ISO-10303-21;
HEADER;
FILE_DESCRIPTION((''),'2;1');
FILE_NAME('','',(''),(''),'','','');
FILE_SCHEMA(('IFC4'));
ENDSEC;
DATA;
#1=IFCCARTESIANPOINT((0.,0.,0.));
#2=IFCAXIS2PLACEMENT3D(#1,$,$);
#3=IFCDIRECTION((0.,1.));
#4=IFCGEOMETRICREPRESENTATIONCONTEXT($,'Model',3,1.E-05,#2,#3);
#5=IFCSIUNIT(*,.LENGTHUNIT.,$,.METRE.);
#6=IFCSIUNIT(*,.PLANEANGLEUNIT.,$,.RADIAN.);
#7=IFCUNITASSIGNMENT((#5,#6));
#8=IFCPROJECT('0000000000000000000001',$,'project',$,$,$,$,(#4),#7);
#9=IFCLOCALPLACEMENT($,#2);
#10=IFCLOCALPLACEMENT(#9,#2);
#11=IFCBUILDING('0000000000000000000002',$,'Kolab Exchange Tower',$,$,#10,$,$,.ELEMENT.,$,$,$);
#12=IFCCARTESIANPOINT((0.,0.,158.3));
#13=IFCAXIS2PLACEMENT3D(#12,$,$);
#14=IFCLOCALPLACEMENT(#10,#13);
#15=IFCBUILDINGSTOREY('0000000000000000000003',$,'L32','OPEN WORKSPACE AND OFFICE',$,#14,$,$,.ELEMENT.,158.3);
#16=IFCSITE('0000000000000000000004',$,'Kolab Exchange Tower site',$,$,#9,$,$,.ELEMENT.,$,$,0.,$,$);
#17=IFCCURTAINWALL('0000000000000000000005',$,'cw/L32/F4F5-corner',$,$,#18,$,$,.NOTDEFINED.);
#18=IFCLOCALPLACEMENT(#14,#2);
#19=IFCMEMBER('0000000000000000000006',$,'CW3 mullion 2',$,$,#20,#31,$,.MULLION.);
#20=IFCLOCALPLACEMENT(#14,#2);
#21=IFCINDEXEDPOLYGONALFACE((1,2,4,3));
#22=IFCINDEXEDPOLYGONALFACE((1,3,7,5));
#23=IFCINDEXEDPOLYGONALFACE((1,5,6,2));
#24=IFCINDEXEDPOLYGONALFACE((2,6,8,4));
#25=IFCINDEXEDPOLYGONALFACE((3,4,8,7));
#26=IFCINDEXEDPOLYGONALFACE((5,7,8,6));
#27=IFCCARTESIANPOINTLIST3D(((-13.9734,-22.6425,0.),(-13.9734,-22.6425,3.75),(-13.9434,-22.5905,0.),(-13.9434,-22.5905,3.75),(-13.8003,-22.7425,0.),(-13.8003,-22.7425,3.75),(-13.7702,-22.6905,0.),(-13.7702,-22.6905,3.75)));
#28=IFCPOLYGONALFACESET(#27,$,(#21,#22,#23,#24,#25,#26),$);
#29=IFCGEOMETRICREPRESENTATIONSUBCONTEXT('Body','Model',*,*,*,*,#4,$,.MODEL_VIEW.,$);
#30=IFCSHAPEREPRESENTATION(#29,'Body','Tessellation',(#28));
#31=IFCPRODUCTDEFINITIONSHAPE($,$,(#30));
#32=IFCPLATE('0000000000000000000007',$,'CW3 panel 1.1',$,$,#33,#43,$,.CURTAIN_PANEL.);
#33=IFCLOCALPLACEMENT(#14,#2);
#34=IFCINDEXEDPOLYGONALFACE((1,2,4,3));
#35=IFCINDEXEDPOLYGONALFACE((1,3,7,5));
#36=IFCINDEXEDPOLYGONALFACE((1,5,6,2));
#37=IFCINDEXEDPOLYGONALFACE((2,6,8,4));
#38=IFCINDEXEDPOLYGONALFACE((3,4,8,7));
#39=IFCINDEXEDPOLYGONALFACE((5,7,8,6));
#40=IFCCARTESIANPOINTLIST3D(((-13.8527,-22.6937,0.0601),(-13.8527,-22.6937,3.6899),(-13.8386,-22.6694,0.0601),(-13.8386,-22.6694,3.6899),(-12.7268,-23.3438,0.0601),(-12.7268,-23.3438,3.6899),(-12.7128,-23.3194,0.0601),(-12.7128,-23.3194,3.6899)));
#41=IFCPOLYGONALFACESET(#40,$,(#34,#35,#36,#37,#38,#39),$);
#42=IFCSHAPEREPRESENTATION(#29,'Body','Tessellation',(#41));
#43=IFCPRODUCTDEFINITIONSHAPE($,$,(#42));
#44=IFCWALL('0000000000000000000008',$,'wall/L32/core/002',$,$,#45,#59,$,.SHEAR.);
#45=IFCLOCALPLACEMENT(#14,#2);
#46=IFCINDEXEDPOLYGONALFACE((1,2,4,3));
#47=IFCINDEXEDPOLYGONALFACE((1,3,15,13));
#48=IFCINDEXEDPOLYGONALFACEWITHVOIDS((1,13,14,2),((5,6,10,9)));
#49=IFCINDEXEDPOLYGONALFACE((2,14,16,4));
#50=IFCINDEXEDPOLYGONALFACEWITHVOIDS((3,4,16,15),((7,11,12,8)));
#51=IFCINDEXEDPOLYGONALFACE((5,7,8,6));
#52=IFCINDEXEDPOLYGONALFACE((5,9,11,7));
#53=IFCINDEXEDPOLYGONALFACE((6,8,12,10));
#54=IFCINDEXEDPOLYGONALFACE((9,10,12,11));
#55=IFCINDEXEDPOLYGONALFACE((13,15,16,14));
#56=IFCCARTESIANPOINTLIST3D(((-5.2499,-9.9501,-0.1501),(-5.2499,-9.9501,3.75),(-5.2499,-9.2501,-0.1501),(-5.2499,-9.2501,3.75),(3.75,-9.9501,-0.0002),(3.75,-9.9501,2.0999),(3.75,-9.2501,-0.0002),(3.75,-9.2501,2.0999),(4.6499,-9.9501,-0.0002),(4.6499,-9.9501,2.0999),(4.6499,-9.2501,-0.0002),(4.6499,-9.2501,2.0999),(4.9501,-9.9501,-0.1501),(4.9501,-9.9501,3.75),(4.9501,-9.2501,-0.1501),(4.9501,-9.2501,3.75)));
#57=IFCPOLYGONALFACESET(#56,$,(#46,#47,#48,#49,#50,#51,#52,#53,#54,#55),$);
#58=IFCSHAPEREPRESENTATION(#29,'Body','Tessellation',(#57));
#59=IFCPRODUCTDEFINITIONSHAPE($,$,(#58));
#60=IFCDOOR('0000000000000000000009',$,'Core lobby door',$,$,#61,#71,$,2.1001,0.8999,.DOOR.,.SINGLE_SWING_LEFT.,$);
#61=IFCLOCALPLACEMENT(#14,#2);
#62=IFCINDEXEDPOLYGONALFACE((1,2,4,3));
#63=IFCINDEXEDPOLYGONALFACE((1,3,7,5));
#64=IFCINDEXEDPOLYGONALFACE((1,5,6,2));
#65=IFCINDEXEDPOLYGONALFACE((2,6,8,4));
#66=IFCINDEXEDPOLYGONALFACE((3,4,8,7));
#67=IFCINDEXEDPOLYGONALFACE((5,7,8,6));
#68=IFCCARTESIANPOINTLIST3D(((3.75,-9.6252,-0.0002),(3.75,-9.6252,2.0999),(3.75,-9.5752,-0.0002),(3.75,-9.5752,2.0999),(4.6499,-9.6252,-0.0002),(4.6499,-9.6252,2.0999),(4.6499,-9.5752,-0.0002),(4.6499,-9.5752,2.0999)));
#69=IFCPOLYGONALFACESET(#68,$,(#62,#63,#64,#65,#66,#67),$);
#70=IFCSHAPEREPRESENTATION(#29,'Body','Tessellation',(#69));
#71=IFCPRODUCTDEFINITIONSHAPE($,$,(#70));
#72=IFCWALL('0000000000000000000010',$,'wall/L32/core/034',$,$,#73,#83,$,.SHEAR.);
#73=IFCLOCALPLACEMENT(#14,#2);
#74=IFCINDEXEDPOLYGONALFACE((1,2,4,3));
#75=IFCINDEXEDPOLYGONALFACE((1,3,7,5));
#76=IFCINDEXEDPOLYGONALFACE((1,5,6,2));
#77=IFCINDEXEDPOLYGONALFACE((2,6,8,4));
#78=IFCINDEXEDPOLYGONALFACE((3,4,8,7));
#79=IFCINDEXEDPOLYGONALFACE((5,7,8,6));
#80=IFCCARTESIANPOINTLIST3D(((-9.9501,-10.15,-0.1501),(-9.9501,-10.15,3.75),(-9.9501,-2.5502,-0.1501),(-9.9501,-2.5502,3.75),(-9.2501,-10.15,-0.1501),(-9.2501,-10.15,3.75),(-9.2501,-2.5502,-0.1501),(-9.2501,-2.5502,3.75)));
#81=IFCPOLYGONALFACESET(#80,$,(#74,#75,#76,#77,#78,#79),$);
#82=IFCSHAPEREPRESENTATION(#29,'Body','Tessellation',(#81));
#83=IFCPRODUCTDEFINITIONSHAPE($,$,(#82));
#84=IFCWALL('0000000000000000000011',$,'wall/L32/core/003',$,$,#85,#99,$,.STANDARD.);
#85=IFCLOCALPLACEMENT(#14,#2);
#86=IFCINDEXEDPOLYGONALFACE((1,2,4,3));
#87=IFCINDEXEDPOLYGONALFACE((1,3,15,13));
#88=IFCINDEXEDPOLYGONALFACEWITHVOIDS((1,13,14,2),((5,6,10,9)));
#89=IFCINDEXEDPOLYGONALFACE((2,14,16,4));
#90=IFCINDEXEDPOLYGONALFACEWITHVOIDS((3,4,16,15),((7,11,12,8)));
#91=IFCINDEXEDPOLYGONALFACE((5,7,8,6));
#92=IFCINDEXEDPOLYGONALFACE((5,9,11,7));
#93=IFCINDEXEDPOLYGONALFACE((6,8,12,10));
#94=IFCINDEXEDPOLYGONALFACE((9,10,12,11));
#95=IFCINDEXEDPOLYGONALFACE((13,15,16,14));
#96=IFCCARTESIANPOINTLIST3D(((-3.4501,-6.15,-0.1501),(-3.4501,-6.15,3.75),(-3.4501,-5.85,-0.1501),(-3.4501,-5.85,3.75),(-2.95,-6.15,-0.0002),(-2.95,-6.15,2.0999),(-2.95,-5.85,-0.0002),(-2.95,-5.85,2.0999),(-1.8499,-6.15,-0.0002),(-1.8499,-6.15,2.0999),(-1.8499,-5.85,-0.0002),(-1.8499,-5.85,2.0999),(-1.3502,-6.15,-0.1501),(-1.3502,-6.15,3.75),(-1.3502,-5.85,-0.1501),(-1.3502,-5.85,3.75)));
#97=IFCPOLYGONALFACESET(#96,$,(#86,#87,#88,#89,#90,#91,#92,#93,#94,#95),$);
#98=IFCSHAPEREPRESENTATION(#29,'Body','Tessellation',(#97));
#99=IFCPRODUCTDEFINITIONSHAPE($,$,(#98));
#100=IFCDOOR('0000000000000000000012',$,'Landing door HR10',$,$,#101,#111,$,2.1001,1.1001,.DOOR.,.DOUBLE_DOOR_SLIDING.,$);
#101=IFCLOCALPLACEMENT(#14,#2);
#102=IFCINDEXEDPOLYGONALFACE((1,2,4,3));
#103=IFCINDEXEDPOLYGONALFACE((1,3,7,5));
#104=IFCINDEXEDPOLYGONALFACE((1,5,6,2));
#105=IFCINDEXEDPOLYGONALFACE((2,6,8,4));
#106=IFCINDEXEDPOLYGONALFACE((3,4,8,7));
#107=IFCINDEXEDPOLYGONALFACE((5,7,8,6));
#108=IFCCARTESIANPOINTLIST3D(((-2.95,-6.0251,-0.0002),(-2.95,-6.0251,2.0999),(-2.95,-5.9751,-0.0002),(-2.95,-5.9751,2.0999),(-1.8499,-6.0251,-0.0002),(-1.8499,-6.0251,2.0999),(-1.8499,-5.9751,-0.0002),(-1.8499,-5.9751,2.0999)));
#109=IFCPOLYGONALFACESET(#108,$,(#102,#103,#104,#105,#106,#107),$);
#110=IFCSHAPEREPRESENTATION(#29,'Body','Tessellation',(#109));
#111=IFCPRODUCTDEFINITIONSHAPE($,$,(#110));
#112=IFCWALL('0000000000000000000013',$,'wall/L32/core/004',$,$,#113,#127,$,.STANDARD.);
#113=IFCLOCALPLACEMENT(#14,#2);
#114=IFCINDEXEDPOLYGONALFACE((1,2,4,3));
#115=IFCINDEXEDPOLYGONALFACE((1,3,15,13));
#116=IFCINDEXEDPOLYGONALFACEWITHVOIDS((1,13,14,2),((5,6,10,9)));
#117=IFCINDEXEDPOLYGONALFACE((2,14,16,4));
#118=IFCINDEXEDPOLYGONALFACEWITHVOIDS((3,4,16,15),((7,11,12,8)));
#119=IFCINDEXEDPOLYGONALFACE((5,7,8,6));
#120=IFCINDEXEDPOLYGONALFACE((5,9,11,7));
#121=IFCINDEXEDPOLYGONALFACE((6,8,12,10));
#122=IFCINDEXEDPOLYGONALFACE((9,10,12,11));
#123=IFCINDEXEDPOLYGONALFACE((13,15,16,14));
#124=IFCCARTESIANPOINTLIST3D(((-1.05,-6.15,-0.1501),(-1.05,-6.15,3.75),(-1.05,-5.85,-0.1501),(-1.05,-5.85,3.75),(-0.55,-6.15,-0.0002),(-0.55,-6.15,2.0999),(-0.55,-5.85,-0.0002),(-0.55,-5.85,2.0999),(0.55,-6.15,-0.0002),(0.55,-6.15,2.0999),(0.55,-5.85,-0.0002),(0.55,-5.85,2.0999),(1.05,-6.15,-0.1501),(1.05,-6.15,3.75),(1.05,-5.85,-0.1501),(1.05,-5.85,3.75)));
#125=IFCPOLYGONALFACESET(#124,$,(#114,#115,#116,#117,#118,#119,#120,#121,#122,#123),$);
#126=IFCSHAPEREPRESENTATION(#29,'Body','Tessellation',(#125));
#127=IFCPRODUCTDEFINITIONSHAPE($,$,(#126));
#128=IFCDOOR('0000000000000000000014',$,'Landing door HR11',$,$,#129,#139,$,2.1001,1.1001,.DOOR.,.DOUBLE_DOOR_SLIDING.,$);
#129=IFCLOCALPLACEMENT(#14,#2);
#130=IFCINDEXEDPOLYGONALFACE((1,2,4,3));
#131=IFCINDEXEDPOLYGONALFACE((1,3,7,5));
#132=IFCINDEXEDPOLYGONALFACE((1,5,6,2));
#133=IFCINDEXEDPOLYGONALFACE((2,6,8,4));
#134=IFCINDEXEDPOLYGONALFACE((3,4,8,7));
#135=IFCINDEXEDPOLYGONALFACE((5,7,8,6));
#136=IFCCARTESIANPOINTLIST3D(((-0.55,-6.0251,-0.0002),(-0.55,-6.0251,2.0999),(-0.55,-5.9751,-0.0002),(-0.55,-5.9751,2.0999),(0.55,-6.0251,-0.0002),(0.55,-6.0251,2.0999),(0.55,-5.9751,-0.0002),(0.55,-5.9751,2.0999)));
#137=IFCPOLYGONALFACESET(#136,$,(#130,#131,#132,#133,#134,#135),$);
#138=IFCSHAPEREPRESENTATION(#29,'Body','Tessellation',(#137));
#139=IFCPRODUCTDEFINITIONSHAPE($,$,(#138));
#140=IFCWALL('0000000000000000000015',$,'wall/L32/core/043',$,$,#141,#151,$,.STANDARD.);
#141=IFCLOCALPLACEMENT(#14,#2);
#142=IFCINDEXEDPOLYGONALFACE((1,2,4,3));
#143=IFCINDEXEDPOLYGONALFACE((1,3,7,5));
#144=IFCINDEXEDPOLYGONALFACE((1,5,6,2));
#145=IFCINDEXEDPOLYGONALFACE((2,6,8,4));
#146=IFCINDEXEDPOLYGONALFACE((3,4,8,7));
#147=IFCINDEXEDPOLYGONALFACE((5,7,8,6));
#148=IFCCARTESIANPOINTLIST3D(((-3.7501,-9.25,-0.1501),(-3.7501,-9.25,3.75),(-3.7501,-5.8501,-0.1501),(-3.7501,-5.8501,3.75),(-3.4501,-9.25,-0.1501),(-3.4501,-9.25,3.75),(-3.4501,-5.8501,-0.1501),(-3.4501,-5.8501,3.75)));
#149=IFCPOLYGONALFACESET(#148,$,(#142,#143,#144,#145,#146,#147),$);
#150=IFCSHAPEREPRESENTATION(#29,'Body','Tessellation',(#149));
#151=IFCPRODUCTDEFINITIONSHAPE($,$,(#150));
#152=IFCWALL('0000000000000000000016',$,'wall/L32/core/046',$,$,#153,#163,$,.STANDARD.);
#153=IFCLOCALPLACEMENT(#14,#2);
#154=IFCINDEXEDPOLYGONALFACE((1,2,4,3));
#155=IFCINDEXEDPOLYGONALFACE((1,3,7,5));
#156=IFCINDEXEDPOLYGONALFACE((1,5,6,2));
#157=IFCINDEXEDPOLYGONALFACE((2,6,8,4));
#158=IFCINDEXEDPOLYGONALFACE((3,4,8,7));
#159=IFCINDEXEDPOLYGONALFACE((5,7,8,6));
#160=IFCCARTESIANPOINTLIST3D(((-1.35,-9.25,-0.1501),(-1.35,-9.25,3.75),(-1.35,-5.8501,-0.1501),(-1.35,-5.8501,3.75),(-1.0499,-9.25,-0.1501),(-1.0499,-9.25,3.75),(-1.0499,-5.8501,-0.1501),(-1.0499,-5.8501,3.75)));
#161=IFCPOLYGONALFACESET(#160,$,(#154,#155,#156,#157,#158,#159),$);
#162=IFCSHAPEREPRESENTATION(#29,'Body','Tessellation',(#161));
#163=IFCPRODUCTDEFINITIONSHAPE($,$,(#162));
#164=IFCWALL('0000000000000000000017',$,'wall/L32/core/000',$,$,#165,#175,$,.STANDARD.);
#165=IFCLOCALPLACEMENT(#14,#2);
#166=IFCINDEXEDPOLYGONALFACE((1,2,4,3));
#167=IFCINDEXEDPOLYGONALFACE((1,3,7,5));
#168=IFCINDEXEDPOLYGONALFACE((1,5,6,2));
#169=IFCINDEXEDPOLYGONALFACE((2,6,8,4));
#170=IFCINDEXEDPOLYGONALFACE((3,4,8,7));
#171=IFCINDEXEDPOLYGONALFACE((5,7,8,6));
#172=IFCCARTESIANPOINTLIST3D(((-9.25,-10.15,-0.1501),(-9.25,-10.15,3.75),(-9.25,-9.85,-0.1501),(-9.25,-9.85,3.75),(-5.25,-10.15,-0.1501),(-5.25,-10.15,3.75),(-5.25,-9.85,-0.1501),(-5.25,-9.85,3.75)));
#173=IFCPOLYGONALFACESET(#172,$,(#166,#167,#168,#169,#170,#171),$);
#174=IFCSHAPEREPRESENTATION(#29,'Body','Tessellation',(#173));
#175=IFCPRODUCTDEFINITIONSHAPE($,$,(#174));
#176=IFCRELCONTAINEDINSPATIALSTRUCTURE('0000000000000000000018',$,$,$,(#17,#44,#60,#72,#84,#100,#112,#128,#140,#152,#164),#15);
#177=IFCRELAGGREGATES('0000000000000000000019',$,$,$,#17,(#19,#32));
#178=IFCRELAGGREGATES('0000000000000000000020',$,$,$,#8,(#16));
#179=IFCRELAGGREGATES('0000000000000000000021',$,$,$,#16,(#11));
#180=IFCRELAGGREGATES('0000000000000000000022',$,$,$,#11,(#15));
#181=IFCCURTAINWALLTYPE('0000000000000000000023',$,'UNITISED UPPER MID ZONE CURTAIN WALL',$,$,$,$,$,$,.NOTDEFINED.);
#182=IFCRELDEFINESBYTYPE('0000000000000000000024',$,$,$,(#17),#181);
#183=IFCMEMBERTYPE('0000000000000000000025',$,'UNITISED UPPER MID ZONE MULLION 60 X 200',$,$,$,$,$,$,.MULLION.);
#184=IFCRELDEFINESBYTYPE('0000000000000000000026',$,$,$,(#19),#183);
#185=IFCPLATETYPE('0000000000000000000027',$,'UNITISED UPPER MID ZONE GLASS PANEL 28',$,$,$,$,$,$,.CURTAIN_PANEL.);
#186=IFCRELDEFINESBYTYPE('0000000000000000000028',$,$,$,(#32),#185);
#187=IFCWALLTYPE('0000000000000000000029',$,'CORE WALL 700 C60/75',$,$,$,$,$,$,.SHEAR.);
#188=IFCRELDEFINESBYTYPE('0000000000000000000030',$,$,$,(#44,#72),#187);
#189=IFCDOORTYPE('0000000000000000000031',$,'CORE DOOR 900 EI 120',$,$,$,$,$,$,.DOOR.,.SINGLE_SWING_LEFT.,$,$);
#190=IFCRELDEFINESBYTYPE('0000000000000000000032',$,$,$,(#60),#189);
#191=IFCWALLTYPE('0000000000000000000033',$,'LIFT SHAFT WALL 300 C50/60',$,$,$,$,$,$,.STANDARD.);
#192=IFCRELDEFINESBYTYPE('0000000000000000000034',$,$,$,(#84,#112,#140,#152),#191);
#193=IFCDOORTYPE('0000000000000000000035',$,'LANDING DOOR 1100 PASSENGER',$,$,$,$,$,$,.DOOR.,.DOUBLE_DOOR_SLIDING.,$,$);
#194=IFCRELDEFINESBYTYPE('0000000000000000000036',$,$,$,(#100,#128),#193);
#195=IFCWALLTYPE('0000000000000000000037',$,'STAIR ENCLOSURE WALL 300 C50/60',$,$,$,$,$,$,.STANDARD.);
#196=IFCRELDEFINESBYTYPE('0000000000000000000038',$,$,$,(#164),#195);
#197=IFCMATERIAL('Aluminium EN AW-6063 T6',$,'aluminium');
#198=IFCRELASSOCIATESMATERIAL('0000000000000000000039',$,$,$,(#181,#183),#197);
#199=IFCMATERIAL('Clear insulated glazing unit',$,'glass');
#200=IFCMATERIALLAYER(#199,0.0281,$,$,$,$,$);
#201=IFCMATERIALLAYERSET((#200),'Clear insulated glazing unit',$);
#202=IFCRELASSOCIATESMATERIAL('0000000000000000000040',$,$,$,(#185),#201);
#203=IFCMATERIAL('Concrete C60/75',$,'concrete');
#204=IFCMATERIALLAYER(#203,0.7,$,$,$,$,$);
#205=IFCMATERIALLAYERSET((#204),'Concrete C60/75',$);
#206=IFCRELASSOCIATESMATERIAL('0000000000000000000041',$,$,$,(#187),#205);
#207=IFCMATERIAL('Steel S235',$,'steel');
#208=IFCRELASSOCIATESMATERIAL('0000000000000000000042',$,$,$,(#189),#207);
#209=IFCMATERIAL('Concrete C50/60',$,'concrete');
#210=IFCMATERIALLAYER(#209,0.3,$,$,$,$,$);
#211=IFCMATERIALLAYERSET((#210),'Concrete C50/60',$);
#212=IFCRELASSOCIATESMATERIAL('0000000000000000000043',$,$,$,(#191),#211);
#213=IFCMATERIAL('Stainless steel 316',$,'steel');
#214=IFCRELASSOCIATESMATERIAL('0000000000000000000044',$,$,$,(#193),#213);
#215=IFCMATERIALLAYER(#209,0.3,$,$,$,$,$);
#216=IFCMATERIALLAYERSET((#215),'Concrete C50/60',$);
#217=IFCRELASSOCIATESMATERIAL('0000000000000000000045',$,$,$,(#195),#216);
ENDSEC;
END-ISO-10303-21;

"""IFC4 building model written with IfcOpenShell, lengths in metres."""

from ifc_helpers import new_model, si_unit, direction, frame, frame_2d, origin, origin_2d, place, context, subcontext, project, spatial, rectangle, extrude, material, layer, layer_set, material_profile, profile_set, type_object, element, fill, aggregate, save


model = new_model("IFC4")

# Units and contexts
model_context = context("Model", 3, precision=1e-05, world=origin(), true_north=direction((0.0, 1.0)))
body_context = subcontext(model_context, "Body", "Model", "MODEL_VIEW")
ifc_project = project(units=[si_unit("LENGTHUNIT", "METRE"), si_unit("PLANEANGLEUNIT", "RADIAN")], contexts=[model_context])

# Site, building, storey
site_placement = place(None, origin())
site = spatial("IfcSite", under=ifc_project, at=site_placement, Name="Kolab Exchange Tower site", CompositionType="ELEMENT", RefElevation=0.0)
building_placement = place(site_placement, origin())
building = spatial("IfcBuilding", under=site, at=building_placement, Name="Kolab Exchange Tower", CompositionType="ELEMENT")
storey_placement = place(building_placement, frame((0.0, 0.0, 158.3)))
storey = spatial("IfcBuildingStorey", under=building, at=storey_placement, Name="L32", Description="OPEN WORKSPACE AND OFFICE", CompositionType="ELEMENT", Elevation=158.3)

# Curtain wall, member, plate
ifc_material_1 = material(Name="Aluminium EN AW-6063 T6", Category="aluminium")
curtain_wall_type = type_object("IfcCurtainWallType", Name="UNITISED UPPER MID ZONE CURTAIN WALL", PredefinedType="NOTDEFINED", material=ifc_material_1)
curtain_wall_placement = place(storey_placement, origin())
curtain_wall = element("IfcCurtainWall", 1, at=curtain_wall_placement, inside=storey, type_object=curtain_wall_type, Name="cw/L32/F4F5-corner", PredefinedType="NOTDEFINED")
ifc_material_profile = material_profile(ifc_material_1, rectangle(XDim=0.0601, YDim=0.2, at=origin_2d()), Name="RECT 60X200")
ifc_profile_set = profile_set([ifc_material_profile], Name="Aluminium EN AW-6063 T6")
member_type = type_object("IfcMemberType", Name="UNITISED UPPER MID ZONE MULLION 60 X 200", PredefinedType="MULLION", material=ifc_profile_set)
member_placement = place(storey_placement, frame((-13.8718, -22.6665, 0.0), z_axis=(0.0, 0.0, 1.0), x_axis=(-0.5, -0.866025, 0.0)))
member = element("IfcMember", 2, at=member_placement, type_object=member_type, Name="CW3 mullion 2", PredefinedType="MULLION", context=body_context, shape_type="SweptSolid", body=[
    extrude(rectangle(XDim=0.0601, YDim=0.2, at=origin_2d()), origin(), (0.0, 0.0, 1.0), 3.75),
])
ifc_material_2 = material(Name="Clear insulated glazing unit", Category="glass")
ifc_layer_1 = layer(ifc_material_2, 0.0281)
ifc_layer_set_1 = layer_set([ifc_layer_1], Name="Clear insulated glazing unit")
plate_type = type_object("IfcPlateType", Name="UNITISED UPPER MID ZONE GLASS PANEL 28", PredefinedType="CURTAIN_PANEL", material=ifc_layer_set_1)
plate_placement = place(storey_placement, frame((-13.2827, -23.0066, 0.0601), z_axis=(0.0, 0.0, 1.0), x_axis=(-0.866025, 0.5, 0.0)))
plate = element("IfcPlate", 3, at=plate_placement, type_object=plate_type, Name="CW3 panel 1.1", PredefinedType="CURTAIN_PANEL", context=body_context, shape_type="SweptSolid", body=[
    extrude(rectangle(XDim=1.3, YDim=0.0281, at=origin_2d()), origin(), (0.0, 0.0, 1.0), 3.6299),
])
aggregate(curtain_wall, [member, plate])

# Wall, opening, door
ifc_material_3 = material(Name="Concrete C60/75", Category="concrete")
ifc_layer_2 = layer(ifc_material_3, 0.7)
ifc_layer_set_2 = layer_set([ifc_layer_2], Name="Concrete C60/75")
wall_type_1 = type_object("IfcWallType", Name="CORE WALL 700 C60/75", PredefinedType="SHEAR", material=ifc_layer_set_2)
wall_1_placement = place(storey_placement, frame((-5.25, -9.6001, -0.1501), z_axis=(0.0, 0.0, 1.0), x_axis=(1.0, 0.0, 0.0)))
wall_1 = element("IfcWall", 4, at=wall_1_placement, inside=storey, type_object=wall_type_1, Name="wall/L32/core/002", PredefinedType="SHEAR", context=body_context, shape_type="SweptSolid", body=[
    extrude(rectangle(XDim=10.2, YDim=0.7, at=frame_2d((5.1001, 0.0))), origin(), (0.0, 0.0, 1.0), 3.9001),
])
opening_1_placement = place(wall_1_placement, frame((9.0, 0.0, 0.1499)))
opening_1 = element("IfcOpeningElement", 5, at=opening_1_placement, cuts=wall_1, PredefinedType="OPENING", context=body_context, shape_type="SweptSolid", body=[
    extrude(rectangle(XDim=0.8999, YDim=2.1001, at=frame_2d((0.45, 1.05))), frame((0.0, 0.3599, 0.0), z_axis=(0.0, -1.0, 0.0), x_axis=(1.0, 0.0, 0.0)), (0.0, 0.0, 1.0), 0.72),
])
ifc_material_4 = material(Name="Steel S235", Category="steel")
door_type_1 = type_object("IfcDoorType", Name="CORE DOOR 900 EI 120", OperationType="SINGLE_SWING_LEFT", PredefinedType="DOOR", material=ifc_material_4)
door_1_placement = place(opening_1_placement, origin())
door_1 = element("IfcDoor", 6, at=door_1_placement, inside=storey, type_object=door_type_1, Name="Core lobby door", OperationType="SINGLE_SWING_LEFT", OverallHeight=2.1001, OverallWidth=0.8999, PredefinedType="DOOR", context=body_context, shape_type="SweptSolid", body=[
    extrude(rectangle(XDim=0.8999, YDim=2.1001, at=frame_2d((0.45, 1.05))), frame((0.0, 0.0249, 0.0), z_axis=(0.0, -1.0, 0.0), x_axis=(1.0, 0.0, 0.0)), (0.0, 0.0, 1.0), 0.05),
])
fill(opening_1, door_1)

# Wall
wall_2_placement = place(storey_placement, frame((-9.6001, -10.1499, -0.1501), z_axis=(0.0, 0.0, 1.0), x_axis=(0.0, 1.0, 0.0)))
element("IfcWall", 7, at=wall_2_placement, inside=storey, type_object=wall_type_1, Name="wall/L32/core/034", PredefinedType="SHEAR", context=body_context, shape_type="SweptSolid", body=[
    extrude(rectangle(XDim=7.5999, YDim=0.7, at=frame_2d((3.7998, 0.0))), origin(), (0.0, 0.0, 1.0), 3.9001),
])

# Walls, openings, doors
ifc_material_5 = material(Name="Concrete C50/60", Category="concrete")
ifc_layer_3 = layer(ifc_material_5, 0.3)
ifc_layer_set_3 = layer_set([ifc_layer_3], Name="Concrete C50/60")
wall_type_2 = type_object("IfcWallType", Name="LIFT SHAFT WALL 300 C50/60", PredefinedType="STANDARD", material=ifc_layer_set_3)
wall_3_placement = place(storey_placement, frame((-3.45, -6.0, -0.1501), z_axis=(0.0, 0.0, 1.0), x_axis=(1.0, 0.0, 0.0)))
wall_3 = element("IfcWall", 8, at=wall_3_placement, inside=storey, type_object=wall_type_2, Name="wall/L32/core/003", PredefinedType="STANDARD", context=body_context, shape_type="SweptSolid", body=[
    extrude(rectangle(XDim=2.0999, YDim=0.3, at=frame_2d((1.0498, 0.0))), origin(), (0.0, 0.0, 1.0), 3.9001),
])
opening_2_placement = place(wall_3_placement, frame((0.5, 0.0, 0.1499)))
opening_2 = element("IfcOpeningElement", 9, at=opening_2_placement, cuts=wall_3, PredefinedType="OPENING", context=body_context, shape_type="SweptSolid", body=[
    extrude(rectangle(XDim=1.1001, YDim=2.1001, at=frame_2d((0.55, 1.05))), frame((0.0, 0.1602, 0.0), z_axis=(0.0, -1.0, 0.0), x_axis=(1.0, 0.0, 0.0)), (0.0, 0.0, 1.0), 0.3201),
])
ifc_material_6 = material(Name="Stainless steel 316", Category="steel")
door_type_2 = type_object("IfcDoorType", Name="LANDING DOOR 1100 PASSENGER", OperationType="DOUBLE_DOOR_SLIDING", PredefinedType="DOOR", material=ifc_material_6)
door_2_placement = place(opening_2_placement, origin())
door_2 = element("IfcDoor", 10, at=door_2_placement, inside=storey, type_object=door_type_2, Name="Landing door HR10", OperationType="DOUBLE_DOOR_SLIDING", OverallHeight=2.1001, OverallWidth=1.1001, PredefinedType="DOOR", context=body_context, shape_type="SweptSolid", body=[
    extrude(rectangle(XDim=1.1001, YDim=2.1001, at=frame_2d((0.55, 1.05))), frame((0.0, 0.0249, 0.0), z_axis=(0.0, -1.0, 0.0), x_axis=(1.0, 0.0, 0.0)), (0.0, 0.0, 1.0), 0.05),
])
fill(opening_2, door_2)
wall_4_placement = place(storey_placement, frame((-1.05, -6.0, -0.1501), z_axis=(0.0, 0.0, 1.0), x_axis=(1.0, 0.0, 0.0)))
wall_4 = element("IfcWall", 11, at=wall_4_placement, inside=storey, type_object=wall_type_2, Name="wall/L32/core/004", PredefinedType="STANDARD", context=body_context, shape_type="SweptSolid", body=[
    extrude(rectangle(XDim=2.1001, YDim=0.3, at=frame_2d((1.05, 0.0))), origin(), (0.0, 0.0, 1.0), 3.9001),
])
opening_3_placement = place(wall_4_placement, frame((0.5, 0.0, 0.1499)))
opening_3 = element("IfcOpeningElement", 12, at=opening_3_placement, cuts=wall_4, PredefinedType="OPENING", context=body_context, shape_type="SweptSolid", body=[
    extrude(rectangle(XDim=1.1001, YDim=2.1001, at=frame_2d((0.55, 1.05))), frame((0.0, 0.1602, 0.0), z_axis=(0.0, -1.0, 0.0), x_axis=(1.0, 0.0, 0.0)), (0.0, 0.0, 1.0), 0.3201),
])
door_3_placement = place(opening_3_placement, origin())
door_3 = element("IfcDoor", 13, at=door_3_placement, inside=storey, type_object=door_type_2, Name="Landing door HR11", OperationType="DOUBLE_DOOR_SLIDING", OverallHeight=2.1001, OverallWidth=1.1001, PredefinedType="DOOR", context=body_context, shape_type="SweptSolid", body=[
    extrude(rectangle(XDim=1.1001, YDim=2.1001, at=frame_2d((0.55, 1.05))), frame((0.0, 0.0249, 0.0), z_axis=(0.0, -1.0, 0.0), x_axis=(1.0, 0.0, 0.0)), (0.0, 0.0, 1.0), 0.05),
])
fill(opening_3, door_3)

# Walls
for number, where, z_axis, x_axis, name in (
    (14, (-3.6001, -9.25, -0.1501), (0.0, 0.0, 1.0), (0.0, 1.0, 0.0), "wall/L32/core/043"),
    (15, (-1.2, -9.25, -0.1501), (0.0, 0.0, 1.0), (0.0, 1.0, 0.0), "wall/L32/core/046"),
):
    element("IfcWall", number, at=place(storey_placement, frame(where, z_axis=z_axis, x_axis=x_axis)), inside=storey, type_object=wall_type_2, Name=name, PredefinedType="STANDARD", context=body_context, shape_type="SweptSolid", body=[
        extrude(rectangle(XDim=3.3999, YDim=0.3, at=frame_2d((1.7, 0.0))), origin(), (0.0, 0.0, 1.0), 3.9001),
    ])
ifc_layer_4 = layer(ifc_material_5, 0.3)
ifc_layer_set_4 = layer_set([ifc_layer_4], Name="Concrete C50/60")
wall_type_3 = type_object("IfcWallType", Name="STAIR ENCLOSURE WALL 300 C50/60", PredefinedType="STANDARD", material=ifc_layer_set_4)
wall_5_placement = place(storey_placement, frame((-9.25, -10.0, -0.1501), z_axis=(0.0, 0.0, 1.0), x_axis=(1.0, 0.0, 0.0)))
element("IfcWall", 16, at=wall_5_placement, inside=storey, type_object=wall_type_3, Name="wall/L32/core/000", PredefinedType="STANDARD", context=body_context, shape_type="SweptSolid", body=[
    extrude(rectangle(XDim=4.0, YDim=0.3, at=frame_2d((2.0, 0.0))), origin(), (0.0, 0.0, 1.0), 3.9001),
])

save(model, "model.ifc")
